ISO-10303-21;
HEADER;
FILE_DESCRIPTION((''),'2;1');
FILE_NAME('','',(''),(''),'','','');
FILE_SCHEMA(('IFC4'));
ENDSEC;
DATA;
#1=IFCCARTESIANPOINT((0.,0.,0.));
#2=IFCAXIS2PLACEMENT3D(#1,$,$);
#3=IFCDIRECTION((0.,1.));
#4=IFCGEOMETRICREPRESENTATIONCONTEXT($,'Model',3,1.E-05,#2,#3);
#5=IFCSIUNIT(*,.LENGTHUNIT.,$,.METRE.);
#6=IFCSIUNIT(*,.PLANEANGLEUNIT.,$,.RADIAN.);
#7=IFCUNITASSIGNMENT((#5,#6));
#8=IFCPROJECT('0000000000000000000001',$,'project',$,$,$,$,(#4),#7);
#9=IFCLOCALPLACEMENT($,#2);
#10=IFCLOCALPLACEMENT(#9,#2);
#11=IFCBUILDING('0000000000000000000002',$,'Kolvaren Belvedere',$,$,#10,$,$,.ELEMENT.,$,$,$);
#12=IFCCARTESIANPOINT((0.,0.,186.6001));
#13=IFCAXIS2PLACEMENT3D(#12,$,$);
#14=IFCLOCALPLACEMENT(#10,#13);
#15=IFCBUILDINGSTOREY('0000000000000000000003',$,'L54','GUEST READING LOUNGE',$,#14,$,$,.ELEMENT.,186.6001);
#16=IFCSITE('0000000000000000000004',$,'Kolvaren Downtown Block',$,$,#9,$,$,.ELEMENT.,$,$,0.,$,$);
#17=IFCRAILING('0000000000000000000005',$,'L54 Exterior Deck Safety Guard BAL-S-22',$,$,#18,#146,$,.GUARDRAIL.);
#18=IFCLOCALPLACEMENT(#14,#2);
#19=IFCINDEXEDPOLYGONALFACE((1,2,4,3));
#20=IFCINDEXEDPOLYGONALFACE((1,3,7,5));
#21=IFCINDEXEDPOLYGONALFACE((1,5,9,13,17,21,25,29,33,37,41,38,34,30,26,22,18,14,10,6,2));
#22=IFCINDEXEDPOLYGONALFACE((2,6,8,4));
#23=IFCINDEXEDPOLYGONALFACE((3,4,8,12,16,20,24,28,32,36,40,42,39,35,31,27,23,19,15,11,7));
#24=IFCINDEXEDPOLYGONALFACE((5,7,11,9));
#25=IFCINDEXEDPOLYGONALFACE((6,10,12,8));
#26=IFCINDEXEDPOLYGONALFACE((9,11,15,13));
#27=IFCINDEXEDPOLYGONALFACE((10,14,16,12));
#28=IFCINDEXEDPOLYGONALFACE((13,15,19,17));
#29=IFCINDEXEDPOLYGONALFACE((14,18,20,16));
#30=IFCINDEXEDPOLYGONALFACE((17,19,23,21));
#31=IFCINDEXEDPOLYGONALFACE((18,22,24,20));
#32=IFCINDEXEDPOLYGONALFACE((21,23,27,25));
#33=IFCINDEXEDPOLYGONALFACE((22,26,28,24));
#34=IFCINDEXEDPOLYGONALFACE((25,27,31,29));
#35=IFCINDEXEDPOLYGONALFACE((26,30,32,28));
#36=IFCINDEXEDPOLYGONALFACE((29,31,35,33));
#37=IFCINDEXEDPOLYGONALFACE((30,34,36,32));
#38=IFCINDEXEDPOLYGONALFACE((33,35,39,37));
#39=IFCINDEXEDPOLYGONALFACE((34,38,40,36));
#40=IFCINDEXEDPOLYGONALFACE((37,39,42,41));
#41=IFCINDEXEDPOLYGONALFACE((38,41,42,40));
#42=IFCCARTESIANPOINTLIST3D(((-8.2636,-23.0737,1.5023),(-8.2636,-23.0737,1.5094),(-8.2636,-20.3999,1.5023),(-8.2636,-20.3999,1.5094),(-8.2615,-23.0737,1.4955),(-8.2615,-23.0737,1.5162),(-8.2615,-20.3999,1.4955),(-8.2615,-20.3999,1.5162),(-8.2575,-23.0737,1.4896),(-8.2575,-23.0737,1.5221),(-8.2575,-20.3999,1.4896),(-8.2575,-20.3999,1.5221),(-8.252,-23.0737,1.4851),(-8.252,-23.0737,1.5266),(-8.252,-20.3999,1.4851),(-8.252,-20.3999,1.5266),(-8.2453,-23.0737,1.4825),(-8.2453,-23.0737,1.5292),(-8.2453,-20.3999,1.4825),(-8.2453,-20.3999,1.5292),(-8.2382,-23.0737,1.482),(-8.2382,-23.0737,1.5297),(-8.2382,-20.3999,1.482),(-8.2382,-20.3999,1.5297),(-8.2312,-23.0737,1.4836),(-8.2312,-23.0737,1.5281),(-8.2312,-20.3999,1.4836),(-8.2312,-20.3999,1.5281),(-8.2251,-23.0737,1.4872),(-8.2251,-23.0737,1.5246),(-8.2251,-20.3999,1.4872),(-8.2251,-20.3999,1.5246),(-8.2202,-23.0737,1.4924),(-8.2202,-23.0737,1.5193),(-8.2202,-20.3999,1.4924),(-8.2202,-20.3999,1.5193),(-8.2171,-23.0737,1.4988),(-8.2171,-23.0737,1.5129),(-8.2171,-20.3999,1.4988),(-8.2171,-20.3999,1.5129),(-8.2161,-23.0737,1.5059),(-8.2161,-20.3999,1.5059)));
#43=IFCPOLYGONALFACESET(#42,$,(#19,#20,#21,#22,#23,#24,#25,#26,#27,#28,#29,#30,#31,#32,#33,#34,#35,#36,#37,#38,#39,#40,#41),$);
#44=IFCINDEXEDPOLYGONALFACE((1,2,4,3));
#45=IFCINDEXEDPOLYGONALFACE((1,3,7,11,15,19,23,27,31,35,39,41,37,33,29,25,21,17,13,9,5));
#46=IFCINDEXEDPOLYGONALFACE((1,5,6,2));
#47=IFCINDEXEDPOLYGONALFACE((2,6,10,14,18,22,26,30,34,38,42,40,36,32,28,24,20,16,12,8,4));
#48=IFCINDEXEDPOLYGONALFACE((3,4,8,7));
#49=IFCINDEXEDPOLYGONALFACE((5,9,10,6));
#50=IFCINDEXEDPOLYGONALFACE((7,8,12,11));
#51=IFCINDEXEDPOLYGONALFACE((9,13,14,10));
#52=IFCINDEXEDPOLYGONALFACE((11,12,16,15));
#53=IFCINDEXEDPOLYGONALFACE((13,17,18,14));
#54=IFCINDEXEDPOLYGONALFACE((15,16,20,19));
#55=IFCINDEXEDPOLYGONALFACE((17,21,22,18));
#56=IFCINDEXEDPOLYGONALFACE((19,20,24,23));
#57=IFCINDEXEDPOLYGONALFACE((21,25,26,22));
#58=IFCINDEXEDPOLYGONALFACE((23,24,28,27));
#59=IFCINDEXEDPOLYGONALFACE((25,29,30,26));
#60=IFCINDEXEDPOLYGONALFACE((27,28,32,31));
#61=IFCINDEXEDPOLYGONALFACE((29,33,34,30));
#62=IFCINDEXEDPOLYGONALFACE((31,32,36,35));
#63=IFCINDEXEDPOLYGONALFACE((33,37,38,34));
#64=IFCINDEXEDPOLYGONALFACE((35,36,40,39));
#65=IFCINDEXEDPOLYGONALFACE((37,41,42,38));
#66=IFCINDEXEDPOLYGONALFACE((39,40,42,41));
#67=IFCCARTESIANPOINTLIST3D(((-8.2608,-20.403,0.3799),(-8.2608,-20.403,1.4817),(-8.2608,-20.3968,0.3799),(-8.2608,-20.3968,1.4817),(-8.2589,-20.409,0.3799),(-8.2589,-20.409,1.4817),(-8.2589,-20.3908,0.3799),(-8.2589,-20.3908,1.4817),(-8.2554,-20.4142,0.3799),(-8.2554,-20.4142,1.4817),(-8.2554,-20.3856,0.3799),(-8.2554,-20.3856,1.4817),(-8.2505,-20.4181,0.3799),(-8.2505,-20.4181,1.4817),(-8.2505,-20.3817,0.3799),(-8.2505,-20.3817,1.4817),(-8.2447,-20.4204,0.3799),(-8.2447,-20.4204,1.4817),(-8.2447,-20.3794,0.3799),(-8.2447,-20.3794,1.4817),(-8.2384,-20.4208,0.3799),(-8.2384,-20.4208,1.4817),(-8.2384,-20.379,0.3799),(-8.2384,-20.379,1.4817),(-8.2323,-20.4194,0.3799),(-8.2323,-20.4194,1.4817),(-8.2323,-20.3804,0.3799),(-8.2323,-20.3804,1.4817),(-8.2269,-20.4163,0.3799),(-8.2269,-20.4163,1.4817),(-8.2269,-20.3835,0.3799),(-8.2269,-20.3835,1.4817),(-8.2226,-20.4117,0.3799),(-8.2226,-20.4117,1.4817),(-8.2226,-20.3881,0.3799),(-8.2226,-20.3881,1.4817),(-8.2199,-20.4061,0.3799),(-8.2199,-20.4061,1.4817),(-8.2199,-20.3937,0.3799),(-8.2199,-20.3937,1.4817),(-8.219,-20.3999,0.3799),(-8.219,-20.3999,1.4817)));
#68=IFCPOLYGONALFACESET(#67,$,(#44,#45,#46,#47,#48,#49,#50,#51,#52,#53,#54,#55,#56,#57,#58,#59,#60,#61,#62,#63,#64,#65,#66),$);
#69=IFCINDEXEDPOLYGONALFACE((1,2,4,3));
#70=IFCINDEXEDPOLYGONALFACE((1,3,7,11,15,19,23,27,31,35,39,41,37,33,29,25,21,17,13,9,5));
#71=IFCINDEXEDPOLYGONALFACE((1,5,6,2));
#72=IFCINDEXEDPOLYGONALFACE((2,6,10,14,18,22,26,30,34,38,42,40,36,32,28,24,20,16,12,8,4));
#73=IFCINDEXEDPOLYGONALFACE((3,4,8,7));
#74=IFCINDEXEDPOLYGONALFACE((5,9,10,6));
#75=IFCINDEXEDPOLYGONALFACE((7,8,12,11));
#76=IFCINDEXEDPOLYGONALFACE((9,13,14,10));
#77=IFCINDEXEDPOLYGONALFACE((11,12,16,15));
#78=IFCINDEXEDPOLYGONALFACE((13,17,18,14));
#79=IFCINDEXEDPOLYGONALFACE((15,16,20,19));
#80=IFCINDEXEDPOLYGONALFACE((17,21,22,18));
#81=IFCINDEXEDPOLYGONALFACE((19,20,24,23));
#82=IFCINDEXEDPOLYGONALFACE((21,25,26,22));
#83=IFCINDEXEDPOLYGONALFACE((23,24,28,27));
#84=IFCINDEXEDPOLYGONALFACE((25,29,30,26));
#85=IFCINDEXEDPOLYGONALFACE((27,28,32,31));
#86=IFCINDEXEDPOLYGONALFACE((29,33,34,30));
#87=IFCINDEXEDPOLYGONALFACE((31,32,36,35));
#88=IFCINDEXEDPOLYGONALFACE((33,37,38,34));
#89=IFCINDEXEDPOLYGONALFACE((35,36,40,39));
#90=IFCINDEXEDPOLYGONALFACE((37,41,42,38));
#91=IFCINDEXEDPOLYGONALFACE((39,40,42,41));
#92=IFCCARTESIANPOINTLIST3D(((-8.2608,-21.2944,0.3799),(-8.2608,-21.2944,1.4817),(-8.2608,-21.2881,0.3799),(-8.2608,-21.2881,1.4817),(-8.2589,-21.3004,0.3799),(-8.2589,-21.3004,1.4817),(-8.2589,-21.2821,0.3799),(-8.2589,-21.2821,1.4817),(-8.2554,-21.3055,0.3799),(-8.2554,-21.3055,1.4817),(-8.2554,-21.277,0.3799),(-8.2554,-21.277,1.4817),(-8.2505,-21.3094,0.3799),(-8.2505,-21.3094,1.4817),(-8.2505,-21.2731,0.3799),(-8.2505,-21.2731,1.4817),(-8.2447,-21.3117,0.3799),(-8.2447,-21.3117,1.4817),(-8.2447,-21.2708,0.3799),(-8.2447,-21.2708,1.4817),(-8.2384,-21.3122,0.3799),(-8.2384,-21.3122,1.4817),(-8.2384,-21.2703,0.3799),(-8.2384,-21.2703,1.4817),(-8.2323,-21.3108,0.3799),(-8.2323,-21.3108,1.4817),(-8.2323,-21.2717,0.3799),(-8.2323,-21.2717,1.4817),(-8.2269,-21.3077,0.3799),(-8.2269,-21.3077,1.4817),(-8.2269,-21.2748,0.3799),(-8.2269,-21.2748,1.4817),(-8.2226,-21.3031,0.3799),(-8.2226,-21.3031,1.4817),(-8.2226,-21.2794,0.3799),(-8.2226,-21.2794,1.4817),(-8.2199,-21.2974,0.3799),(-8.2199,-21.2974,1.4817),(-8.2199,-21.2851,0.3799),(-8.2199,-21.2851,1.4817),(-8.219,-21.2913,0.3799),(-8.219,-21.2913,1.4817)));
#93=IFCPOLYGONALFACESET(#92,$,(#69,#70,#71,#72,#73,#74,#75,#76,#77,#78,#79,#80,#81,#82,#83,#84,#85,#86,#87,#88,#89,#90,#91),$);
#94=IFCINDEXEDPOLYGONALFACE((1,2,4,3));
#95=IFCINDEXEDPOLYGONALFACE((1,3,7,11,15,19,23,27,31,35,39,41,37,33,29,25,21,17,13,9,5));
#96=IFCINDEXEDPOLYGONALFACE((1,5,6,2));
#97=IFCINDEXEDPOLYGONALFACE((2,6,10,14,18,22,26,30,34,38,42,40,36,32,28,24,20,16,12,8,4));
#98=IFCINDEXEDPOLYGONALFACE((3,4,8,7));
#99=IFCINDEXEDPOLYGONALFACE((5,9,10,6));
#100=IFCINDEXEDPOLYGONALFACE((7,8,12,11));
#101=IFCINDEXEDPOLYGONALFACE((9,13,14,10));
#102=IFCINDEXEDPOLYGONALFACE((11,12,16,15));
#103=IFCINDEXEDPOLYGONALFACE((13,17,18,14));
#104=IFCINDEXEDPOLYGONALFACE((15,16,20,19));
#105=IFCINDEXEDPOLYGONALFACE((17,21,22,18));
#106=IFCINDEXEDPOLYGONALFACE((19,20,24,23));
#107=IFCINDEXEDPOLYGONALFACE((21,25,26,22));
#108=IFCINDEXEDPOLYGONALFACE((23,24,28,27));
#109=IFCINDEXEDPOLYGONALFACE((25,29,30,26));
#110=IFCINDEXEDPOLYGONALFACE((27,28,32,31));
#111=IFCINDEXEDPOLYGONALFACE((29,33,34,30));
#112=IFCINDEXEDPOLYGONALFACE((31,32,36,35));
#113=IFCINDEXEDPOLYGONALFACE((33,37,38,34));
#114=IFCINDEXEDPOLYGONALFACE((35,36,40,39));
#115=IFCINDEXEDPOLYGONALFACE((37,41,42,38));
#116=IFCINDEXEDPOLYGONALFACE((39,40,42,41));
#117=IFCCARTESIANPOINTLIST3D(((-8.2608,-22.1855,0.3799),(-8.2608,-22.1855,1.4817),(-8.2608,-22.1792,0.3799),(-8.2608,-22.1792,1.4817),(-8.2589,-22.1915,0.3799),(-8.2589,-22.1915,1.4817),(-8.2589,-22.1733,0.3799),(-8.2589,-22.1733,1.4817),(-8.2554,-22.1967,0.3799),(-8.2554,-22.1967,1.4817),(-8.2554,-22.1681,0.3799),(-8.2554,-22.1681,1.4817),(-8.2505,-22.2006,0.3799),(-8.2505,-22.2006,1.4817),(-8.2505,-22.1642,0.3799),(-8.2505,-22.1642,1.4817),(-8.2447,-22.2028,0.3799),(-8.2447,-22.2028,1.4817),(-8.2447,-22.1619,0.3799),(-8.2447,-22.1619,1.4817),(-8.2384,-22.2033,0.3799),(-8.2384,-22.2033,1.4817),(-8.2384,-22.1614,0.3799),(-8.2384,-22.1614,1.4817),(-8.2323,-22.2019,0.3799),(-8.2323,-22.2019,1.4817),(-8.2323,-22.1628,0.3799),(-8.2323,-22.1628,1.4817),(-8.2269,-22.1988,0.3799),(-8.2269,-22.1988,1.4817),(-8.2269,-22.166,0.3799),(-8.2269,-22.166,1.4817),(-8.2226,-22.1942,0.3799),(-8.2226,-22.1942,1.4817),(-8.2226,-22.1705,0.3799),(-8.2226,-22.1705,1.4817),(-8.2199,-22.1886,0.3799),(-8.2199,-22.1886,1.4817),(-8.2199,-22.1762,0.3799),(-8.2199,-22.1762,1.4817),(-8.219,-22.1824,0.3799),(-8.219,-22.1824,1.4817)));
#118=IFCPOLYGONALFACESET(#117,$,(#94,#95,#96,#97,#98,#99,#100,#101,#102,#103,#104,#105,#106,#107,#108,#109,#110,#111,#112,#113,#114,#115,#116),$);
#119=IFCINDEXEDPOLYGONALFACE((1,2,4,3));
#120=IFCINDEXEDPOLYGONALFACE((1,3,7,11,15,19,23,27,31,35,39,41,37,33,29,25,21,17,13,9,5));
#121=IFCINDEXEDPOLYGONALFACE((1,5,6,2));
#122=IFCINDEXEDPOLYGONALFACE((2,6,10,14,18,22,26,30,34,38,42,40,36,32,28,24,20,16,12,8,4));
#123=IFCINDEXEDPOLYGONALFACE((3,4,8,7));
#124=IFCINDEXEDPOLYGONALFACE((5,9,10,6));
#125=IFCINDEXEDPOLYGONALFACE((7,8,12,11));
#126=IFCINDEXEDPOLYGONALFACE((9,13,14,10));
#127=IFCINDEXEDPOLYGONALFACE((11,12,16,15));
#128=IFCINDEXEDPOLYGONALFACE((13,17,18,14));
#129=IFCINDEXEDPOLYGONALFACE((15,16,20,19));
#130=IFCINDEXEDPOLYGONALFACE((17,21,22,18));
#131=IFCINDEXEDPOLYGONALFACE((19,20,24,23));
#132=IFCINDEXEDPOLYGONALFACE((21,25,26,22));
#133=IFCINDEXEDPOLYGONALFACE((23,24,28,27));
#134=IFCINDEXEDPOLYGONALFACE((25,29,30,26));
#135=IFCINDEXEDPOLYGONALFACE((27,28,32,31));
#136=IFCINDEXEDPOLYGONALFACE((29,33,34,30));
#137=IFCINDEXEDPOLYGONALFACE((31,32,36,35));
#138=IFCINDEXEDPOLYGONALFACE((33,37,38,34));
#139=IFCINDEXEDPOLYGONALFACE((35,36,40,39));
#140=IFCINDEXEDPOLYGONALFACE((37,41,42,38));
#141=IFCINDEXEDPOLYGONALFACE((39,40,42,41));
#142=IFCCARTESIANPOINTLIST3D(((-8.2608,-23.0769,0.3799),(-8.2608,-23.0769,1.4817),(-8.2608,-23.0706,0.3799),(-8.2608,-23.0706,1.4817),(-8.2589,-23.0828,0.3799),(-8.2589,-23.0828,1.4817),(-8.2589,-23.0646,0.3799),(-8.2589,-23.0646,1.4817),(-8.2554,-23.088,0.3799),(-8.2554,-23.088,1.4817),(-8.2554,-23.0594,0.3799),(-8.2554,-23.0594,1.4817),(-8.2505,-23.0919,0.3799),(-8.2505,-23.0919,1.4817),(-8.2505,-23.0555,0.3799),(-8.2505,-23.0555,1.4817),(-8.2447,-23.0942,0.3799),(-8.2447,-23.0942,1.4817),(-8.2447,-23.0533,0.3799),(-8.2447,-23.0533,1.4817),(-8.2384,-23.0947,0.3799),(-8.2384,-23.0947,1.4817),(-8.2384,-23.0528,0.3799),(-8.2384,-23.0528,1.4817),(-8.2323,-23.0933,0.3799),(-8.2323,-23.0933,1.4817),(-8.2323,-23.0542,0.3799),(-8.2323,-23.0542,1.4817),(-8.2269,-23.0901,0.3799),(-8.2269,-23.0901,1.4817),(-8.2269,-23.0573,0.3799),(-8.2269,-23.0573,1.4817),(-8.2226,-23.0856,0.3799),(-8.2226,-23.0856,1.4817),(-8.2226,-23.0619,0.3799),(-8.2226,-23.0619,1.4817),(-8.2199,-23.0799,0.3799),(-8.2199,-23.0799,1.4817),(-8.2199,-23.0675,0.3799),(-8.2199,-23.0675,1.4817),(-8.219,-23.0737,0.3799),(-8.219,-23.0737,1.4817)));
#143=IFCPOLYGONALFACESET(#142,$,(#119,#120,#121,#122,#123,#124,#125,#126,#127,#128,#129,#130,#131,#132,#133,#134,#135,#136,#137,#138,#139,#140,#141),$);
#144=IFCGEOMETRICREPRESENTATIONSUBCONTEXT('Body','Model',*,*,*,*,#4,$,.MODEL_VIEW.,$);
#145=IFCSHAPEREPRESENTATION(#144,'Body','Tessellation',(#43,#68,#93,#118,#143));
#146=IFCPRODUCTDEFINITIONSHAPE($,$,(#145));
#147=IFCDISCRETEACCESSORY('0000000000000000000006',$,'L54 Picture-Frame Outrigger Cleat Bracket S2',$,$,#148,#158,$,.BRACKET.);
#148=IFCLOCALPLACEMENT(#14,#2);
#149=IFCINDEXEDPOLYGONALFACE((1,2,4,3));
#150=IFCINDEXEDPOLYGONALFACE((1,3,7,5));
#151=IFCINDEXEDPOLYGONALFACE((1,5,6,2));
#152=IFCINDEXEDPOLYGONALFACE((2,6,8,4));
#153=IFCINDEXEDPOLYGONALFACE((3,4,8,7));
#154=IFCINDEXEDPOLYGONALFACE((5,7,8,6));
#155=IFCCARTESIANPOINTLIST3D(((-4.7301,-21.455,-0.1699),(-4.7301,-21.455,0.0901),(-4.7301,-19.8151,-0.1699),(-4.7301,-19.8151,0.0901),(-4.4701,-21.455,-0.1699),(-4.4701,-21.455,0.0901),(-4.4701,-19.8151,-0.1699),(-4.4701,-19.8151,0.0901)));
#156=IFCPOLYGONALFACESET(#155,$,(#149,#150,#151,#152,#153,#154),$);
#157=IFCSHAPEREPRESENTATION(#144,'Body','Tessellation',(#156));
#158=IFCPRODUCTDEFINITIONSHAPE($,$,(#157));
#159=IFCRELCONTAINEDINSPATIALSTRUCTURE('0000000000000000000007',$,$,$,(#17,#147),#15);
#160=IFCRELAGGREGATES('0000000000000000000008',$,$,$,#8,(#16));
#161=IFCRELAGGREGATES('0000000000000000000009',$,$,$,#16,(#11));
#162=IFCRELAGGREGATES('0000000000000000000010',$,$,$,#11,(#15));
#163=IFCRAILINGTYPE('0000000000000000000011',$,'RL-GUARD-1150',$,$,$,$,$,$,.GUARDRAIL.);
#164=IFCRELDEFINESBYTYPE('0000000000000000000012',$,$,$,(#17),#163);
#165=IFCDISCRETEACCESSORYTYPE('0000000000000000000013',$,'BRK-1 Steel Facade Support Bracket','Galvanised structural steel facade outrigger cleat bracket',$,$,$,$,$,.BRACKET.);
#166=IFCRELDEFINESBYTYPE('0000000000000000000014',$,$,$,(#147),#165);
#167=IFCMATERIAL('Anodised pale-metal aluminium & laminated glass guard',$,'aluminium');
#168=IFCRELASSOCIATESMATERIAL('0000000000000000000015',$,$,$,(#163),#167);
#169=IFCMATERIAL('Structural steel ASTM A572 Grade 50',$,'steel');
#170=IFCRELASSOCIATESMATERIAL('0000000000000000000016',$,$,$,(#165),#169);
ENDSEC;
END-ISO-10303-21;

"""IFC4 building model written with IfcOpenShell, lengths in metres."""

from ifc_helpers import new_model, si_unit, direction, frame, origin, origin_2d, place, context, subcontext, project, spatial, rectangle, circle, extrude, material, type_object, element, save


model = new_model("IFC4")

# Units and contexts
model_context = context("Model", 3, precision=1e-05, world=origin(), true_north=direction((0.0, 1.0)))
body_context = subcontext(model_context, "Body", "Model", "MODEL_VIEW")
ifc_project = project(units=[si_unit("LENGTHUNIT", "METRE"), si_unit("PLANEANGLEUNIT", "RADIAN")], contexts=[model_context])

# Site, building, storey
site_placement = place(None, origin())
site = spatial("IfcSite", under=ifc_project, at=site_placement, Name="Kolvaren Downtown Block", CompositionType="ELEMENT", RefElevation=0.0)
building_placement = place(site_placement, origin())
building = spatial("IfcBuilding", under=site, at=building_placement, Name="Kolvaren Belvedere", CompositionType="ELEMENT")
storey_placement = place(building_placement, frame((0.0, 0.0, 186.6001)))
storey = spatial("IfcBuildingStorey", under=building, at=storey_placement, Name="L54", Description="GUEST READING LOUNGE", CompositionType="ELEMENT", Elevation=186.6001)

# Railing
ifc_material_1 = material(Name="Anodised pale-metal aluminium & laminated glass guard", Category="aluminium")
railing_type = type_object("IfcRailingType", Name="RL-GUARD-1150", PredefinedType="GUARDRAIL", material=ifc_material_1)
railing_1_placement = place(storey_placement, frame((-8.24, -20.3999, 0.3799)))
element("IfcRailing", 1, at=railing_1_placement, inside=storey, type_object=railing_type, Name="L54 Exterior Deck Safety Guard BAL-S-22", PredefinedType="GUARDRAIL", context=body_context, shape_type="SweptSolid", body=[
    extrude(circle(Radius=0.0239, at=origin_2d()), frame((0.0, 0.0, 1.126), z_axis=(0.0, -1.0, 0.0), x_axis=(1.0, 0.0, 0.0)), (0.0, 0.0, 1.0), 2.6738),
    extrude(circle(Radius=0.021, at=origin_2d()), origin(), (0.0, 0.0, 1.0), 1.1018),
    extrude(circle(Radius=0.021, at=origin_2d()), frame((0.0, -0.8914, 0.0)), (0.0, 0.0, 1.0), 1.1018),
    extrude(circle(Radius=0.021, at=origin_2d()), frame((0.0, -1.7825, 0.0)), (0.0, 0.0, 1.0), 1.1018),
    extrude(circle(Radius=0.021, at=origin_2d()), frame((0.0, -2.6738, 0.0)), (0.0, 0.0, 1.0), 1.1018),
])

# Discrete accessory
ifc_material_2 = material(Name="Structural steel ASTM A572 Grade 50", Category="steel")
discrete_accessory_type = type_object("IfcDiscreteAccessoryType", Name="BRK-1 Steel Facade Support Bracket", Description="Galvanised structural steel facade outrigger cleat bracket", PredefinedType="BRACKET", material=ifc_material_2)
discrete_accessory_placement = place(storey_placement, frame((-4.6001, -20.635, -0.1699), z_axis=(0.0, 0.0, 1.0), x_axis=(0.0, 1.0, 0.0)))
element("IfcDiscreteAccessory", 2, at=discrete_accessory_placement, inside=storey, type_object=discrete_accessory_type, Name="L54 Picture-Frame Outrigger Cleat Bracket S2", PredefinedType="BRACKET", context=body_context, shape_type="SweptSolid", body=[
    extrude(rectangle(XDim=1.6399, YDim=0.26, at=origin_2d()), origin(), (0.0, 0.0, 1.0), 0.26),
])

save(model, "model.ifc")
